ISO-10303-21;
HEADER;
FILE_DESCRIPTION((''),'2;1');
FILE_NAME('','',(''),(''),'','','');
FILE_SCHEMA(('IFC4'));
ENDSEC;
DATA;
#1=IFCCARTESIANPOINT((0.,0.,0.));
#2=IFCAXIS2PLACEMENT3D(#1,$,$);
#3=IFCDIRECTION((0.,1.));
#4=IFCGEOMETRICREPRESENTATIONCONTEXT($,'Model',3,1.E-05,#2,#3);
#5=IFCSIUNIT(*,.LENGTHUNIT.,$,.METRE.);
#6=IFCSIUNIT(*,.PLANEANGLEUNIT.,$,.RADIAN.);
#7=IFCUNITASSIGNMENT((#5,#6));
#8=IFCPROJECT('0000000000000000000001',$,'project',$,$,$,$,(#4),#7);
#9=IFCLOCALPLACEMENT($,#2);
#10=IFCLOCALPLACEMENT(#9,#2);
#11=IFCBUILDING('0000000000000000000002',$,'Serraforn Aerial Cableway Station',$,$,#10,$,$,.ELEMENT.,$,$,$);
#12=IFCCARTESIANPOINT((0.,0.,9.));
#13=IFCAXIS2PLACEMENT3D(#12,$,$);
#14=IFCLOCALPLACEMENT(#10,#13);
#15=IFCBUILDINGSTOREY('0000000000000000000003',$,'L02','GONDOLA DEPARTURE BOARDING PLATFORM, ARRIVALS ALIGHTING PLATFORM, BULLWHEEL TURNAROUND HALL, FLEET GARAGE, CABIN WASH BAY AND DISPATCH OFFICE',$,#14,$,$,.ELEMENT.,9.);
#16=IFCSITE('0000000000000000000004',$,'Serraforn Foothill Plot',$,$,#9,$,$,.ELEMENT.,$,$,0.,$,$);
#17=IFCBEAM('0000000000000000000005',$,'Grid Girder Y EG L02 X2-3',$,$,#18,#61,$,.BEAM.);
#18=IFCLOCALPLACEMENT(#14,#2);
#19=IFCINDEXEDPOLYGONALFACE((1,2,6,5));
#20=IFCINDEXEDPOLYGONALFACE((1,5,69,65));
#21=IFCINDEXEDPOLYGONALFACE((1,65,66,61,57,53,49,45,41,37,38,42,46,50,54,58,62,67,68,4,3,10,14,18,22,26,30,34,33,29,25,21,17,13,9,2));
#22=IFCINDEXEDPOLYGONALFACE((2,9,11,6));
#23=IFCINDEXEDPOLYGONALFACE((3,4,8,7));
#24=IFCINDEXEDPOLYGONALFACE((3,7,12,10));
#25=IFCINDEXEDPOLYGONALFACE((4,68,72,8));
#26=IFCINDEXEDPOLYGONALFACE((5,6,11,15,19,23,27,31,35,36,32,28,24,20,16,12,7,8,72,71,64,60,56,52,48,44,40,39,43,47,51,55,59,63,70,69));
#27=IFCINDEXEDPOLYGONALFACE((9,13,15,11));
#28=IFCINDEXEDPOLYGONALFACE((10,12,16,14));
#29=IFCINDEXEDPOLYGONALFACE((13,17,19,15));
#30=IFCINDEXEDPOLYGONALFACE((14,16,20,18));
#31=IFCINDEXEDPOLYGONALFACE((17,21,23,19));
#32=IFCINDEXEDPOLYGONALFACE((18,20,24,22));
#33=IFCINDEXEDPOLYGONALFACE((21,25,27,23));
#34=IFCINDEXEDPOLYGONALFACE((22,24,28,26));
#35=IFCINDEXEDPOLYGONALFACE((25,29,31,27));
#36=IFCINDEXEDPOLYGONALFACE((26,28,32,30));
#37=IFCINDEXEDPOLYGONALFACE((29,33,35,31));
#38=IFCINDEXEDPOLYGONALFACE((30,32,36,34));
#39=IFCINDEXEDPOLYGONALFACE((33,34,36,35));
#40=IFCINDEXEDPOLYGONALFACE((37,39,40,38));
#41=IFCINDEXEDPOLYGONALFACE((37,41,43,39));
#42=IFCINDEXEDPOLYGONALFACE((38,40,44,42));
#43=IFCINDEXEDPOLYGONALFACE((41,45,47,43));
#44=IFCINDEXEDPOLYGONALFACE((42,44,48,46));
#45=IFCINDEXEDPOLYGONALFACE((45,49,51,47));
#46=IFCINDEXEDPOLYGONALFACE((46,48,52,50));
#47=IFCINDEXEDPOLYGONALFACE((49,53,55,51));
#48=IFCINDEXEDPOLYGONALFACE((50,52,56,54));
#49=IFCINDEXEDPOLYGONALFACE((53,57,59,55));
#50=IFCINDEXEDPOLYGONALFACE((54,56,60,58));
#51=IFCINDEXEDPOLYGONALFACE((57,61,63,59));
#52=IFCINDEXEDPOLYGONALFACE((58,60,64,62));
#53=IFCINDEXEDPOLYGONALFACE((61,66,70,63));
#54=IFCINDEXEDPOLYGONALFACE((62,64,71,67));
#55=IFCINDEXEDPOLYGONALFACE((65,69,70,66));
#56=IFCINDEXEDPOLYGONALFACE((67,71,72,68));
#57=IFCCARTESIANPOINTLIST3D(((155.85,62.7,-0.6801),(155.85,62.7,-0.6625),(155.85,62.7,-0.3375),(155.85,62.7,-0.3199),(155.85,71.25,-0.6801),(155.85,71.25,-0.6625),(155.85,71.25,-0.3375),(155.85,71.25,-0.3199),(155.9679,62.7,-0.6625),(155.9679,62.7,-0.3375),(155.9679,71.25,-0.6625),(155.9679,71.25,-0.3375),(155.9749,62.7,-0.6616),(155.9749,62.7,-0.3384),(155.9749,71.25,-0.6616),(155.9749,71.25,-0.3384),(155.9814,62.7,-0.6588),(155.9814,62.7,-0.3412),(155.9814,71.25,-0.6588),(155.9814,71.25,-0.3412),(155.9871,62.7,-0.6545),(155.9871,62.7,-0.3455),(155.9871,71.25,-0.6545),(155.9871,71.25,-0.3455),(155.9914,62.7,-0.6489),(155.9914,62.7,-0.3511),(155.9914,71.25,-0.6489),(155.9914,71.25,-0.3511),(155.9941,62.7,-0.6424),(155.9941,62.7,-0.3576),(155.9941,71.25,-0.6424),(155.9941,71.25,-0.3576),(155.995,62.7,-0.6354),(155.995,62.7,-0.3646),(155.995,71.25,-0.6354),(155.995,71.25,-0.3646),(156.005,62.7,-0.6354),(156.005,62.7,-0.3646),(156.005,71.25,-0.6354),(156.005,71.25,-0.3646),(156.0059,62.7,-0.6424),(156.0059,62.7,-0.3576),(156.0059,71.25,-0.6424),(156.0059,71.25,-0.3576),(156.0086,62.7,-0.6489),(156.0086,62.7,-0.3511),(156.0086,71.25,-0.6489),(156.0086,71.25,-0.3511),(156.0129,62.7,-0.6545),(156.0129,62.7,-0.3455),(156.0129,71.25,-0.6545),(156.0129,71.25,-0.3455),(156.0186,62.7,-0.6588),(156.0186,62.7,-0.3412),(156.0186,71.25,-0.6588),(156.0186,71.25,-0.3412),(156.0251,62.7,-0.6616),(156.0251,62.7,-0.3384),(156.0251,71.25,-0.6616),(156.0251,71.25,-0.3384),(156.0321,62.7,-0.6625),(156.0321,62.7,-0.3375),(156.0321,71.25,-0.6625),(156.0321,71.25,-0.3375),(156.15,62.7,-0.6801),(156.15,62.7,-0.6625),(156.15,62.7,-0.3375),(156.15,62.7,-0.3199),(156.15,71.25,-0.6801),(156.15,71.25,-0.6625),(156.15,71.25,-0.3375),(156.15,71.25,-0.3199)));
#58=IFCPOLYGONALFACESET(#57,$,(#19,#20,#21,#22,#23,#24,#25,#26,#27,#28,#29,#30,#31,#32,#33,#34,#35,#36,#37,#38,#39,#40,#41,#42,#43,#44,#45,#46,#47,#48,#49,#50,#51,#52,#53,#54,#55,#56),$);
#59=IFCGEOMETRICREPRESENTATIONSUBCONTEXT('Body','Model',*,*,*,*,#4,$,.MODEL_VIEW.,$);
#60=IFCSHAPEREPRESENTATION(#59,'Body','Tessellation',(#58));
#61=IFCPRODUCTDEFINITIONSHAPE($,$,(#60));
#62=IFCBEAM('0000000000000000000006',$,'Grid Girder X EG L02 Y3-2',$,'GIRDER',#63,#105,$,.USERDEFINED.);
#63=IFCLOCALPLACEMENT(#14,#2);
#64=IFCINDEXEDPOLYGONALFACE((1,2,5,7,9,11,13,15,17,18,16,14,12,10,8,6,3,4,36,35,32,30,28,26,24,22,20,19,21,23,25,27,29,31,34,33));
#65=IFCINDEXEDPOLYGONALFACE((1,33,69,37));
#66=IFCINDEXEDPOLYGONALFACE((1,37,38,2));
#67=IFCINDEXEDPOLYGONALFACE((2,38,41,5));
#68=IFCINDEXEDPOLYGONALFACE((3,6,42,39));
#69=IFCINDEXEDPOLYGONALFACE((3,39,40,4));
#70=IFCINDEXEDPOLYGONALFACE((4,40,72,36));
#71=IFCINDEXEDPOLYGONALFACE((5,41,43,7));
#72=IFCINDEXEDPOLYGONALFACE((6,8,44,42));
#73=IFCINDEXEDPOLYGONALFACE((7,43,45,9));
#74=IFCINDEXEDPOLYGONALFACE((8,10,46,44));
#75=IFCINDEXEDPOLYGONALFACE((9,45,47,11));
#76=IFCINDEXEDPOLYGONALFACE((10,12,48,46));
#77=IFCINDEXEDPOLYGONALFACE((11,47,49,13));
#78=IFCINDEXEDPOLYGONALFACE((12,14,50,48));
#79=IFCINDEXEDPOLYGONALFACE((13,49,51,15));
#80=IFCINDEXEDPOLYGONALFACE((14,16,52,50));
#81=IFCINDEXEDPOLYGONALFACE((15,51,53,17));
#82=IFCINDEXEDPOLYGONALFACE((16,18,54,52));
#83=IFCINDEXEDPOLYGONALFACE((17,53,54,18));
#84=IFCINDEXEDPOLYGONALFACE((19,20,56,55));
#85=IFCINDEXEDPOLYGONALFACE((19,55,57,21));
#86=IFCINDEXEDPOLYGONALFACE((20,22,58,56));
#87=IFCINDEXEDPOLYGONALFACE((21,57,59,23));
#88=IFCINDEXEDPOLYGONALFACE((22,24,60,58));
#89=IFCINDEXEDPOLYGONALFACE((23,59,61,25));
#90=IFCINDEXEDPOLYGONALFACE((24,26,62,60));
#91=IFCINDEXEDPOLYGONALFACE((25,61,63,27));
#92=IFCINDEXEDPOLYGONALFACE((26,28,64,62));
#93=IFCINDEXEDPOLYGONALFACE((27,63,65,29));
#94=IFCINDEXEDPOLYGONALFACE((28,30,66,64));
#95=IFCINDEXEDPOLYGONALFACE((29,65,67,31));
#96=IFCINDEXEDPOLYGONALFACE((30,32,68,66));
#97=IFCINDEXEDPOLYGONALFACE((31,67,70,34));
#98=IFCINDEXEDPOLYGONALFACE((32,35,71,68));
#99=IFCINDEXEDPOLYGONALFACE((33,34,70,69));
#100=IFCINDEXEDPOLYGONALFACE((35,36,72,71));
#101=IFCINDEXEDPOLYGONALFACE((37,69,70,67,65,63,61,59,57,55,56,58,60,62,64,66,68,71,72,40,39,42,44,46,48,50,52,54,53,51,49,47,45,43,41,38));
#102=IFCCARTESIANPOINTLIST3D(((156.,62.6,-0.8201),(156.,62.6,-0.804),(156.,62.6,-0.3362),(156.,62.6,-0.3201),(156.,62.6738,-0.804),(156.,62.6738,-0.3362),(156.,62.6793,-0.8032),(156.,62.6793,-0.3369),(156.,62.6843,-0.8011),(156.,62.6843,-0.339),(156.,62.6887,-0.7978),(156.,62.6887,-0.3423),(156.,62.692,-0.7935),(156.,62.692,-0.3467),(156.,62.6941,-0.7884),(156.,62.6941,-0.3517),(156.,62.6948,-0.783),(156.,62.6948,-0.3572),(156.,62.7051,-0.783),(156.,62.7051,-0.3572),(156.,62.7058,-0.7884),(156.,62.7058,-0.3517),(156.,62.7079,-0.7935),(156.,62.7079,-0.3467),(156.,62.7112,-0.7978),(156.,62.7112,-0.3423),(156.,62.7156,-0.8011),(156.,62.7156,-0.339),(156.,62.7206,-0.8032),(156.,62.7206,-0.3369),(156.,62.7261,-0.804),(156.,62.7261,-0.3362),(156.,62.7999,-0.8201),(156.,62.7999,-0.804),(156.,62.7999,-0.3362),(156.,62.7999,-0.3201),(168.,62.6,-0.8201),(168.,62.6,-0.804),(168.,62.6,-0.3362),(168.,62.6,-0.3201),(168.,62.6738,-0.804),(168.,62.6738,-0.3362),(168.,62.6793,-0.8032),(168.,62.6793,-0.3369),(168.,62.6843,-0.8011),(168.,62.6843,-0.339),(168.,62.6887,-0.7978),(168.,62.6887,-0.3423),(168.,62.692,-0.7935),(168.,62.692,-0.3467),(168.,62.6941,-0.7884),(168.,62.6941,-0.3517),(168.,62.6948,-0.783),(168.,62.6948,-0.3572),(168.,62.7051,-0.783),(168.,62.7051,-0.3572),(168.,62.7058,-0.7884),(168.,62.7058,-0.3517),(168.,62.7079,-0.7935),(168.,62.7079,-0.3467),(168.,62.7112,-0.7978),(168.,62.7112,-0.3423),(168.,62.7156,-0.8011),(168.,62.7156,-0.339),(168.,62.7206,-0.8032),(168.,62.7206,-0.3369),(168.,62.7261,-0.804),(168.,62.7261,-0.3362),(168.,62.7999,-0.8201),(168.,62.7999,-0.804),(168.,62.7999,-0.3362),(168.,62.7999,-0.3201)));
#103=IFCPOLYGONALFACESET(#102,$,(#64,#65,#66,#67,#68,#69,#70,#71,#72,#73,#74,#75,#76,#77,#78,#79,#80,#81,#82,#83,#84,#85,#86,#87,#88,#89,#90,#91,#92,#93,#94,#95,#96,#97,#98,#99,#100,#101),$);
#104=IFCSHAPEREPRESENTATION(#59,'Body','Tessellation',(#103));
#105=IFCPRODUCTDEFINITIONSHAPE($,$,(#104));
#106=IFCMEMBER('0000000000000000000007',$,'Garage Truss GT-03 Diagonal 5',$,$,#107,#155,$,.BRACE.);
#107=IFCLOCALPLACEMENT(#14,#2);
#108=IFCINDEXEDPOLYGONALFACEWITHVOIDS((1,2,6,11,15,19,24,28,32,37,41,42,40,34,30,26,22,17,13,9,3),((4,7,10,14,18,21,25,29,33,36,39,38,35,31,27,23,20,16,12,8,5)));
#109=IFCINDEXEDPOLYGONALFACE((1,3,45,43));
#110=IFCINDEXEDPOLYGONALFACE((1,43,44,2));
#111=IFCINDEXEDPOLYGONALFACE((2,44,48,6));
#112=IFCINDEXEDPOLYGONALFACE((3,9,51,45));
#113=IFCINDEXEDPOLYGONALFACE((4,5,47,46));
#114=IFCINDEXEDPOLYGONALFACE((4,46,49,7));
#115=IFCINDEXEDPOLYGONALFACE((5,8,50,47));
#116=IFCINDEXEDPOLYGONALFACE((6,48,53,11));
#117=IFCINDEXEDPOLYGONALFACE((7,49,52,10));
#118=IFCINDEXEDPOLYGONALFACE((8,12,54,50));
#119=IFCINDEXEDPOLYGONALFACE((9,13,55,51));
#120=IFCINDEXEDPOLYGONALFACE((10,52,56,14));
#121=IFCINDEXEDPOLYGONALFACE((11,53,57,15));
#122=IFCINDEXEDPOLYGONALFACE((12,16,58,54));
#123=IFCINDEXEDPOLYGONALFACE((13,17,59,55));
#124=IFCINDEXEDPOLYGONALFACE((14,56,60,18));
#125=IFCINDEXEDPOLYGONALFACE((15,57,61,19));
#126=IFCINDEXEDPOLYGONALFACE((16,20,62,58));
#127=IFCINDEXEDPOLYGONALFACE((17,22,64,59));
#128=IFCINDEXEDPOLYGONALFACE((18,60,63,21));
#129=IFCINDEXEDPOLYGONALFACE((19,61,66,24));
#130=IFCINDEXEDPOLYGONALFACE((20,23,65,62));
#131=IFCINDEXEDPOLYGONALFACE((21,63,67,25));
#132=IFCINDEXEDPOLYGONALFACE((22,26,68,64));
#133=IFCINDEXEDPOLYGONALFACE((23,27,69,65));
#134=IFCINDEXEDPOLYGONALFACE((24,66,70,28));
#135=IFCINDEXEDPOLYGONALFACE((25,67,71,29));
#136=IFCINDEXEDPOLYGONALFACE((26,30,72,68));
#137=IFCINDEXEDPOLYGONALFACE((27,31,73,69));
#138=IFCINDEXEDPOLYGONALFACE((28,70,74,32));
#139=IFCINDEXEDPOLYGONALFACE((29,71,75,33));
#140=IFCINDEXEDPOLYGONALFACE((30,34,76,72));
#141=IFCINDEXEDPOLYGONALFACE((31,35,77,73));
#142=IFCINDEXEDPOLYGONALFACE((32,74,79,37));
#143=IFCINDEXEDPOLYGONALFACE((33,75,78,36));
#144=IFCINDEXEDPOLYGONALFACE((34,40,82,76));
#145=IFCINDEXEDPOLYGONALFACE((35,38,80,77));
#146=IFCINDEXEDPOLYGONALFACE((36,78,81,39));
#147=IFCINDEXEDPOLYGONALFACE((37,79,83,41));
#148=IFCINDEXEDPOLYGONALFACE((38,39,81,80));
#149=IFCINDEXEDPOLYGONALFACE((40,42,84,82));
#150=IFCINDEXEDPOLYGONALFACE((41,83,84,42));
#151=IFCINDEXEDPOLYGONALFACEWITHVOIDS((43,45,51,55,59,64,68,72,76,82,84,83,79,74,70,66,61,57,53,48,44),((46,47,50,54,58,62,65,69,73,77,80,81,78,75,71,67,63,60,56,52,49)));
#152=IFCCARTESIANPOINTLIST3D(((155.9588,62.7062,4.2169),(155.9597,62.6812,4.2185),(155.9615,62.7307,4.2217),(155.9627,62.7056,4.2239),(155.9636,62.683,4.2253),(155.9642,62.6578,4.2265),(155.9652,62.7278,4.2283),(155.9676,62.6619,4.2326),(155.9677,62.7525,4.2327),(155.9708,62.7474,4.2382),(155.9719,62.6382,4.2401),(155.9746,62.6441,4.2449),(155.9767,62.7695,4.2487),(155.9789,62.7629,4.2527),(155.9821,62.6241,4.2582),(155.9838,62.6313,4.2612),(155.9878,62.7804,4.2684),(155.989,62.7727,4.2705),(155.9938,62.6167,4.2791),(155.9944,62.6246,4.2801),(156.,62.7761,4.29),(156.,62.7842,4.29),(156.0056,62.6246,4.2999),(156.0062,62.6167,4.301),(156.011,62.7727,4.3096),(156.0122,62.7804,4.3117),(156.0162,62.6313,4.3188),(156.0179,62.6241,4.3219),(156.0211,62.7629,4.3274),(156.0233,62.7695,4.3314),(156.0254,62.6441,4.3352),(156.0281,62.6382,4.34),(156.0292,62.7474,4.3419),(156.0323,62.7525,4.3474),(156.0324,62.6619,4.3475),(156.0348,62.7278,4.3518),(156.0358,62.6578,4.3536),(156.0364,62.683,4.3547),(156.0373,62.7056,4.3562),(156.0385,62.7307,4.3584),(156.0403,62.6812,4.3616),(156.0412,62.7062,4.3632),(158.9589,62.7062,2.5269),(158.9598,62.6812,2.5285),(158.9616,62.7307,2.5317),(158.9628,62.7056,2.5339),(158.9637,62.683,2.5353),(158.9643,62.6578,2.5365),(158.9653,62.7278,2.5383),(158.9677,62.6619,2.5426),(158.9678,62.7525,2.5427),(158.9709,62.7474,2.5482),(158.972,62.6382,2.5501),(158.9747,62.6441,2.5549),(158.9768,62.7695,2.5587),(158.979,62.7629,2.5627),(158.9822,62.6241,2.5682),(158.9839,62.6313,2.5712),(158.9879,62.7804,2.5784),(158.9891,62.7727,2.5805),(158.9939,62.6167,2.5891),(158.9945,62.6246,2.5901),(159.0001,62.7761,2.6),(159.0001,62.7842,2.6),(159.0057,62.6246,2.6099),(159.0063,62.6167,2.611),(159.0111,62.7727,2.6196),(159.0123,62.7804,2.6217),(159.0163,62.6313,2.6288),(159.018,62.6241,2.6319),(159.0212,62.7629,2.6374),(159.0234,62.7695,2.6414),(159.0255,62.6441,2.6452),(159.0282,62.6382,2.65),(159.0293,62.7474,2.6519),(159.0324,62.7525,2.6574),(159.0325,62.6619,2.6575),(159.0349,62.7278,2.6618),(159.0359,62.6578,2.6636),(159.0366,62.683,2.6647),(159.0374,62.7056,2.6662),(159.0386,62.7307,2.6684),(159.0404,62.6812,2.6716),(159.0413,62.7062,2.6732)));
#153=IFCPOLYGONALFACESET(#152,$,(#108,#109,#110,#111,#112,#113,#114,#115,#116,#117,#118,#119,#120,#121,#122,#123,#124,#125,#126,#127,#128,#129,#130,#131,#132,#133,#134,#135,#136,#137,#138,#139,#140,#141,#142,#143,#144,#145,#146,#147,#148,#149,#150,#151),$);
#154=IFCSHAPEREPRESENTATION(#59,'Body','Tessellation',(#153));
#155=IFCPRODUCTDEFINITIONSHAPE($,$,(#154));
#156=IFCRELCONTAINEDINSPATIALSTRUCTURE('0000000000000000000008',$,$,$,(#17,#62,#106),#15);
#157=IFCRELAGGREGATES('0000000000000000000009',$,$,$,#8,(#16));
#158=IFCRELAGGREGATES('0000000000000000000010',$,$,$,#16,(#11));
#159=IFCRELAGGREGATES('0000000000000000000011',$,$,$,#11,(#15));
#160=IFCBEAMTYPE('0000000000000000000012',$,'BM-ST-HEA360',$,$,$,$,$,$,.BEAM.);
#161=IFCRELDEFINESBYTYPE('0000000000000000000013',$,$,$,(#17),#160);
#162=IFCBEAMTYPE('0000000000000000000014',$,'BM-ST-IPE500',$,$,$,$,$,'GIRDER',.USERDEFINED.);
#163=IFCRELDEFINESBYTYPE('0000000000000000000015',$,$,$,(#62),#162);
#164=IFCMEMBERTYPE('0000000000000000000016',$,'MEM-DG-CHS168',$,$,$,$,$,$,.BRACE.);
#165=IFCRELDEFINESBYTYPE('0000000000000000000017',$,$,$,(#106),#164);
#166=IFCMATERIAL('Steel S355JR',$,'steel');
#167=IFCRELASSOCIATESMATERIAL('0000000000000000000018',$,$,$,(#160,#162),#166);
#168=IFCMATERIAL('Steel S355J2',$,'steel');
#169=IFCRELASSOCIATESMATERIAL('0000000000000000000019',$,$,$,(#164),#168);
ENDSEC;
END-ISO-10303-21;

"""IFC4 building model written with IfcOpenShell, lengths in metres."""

from ifc_helpers import new_model, si_unit, direction, frame, origin, origin_2d, place, context, subcontext, project, spatial, hollow_circle, i_section, extrude, material, material_profile, profile_set, type_object, element, save


model = new_model("IFC4")

# Units and contexts
model_context = context("Model", 3, precision=1e-05, world=origin(), true_north=direction((0.0, 1.0)))
body_context = subcontext(model_context, "Body", "Model", "MODEL_VIEW")
ifc_project = project(units=[si_unit("LENGTHUNIT", "METRE"), si_unit("PLANEANGLEUNIT", "RADIAN")], contexts=[model_context])

# Site, building, storey
site_placement = place(None, origin())
site = spatial("IfcSite", under=ifc_project, at=site_placement, Name="Serraforn Foothill Plot", CompositionType="ELEMENT", RefElevation=0.0)
building_placement = place(site_placement, origin())
building = spatial("IfcBuilding", under=site, at=building_placement, Name="Serraforn Aerial Cableway Station", CompositionType="ELEMENT")
storey_placement = place(building_placement, frame((0.0, 0.0, 9.0)))
storey = spatial("IfcBuildingStorey", under=building, at=storey_placement, Name="L02", Description="GONDOLA DEPARTURE BOARDING PLATFORM, ARRIVALS ALIGHTING PLATFORM, BULLWHEEL TURNAROUND HALL, FLEET GARAGE, CABIN WASH BAY AND DISPATCH OFFICE", CompositionType="ELEMENT", Elevation=9.0)

# Beams
ifc_material_1 = material(Name="Steel S355JR", Category="steel")
ifc_material_profile_1 = material_profile(ifc_material_1, i_section(OverallWidth=0.3, OverallDepth=0.3601, WebThickness=0.01, FlangeThickness=0.0176, FilletRadius=0.0271, at=origin_2d()), Name="HEA 360")
ifc_profile_set_1 = profile_set([ifc_material_profile_1], Name="Steel S355JR")
beam_type_1 = type_object("IfcBeamType", Name="BM-ST-HEA360", PredefinedType="BEAM", material=ifc_profile_set_1)
beam_1_placement = place(storey_placement, frame((156.0, 62.7, -0.5), z_axis=(0.0, 1.0, 0.0), x_axis=(-1.0, 0.0, 0.0)))
element("IfcBeam", 1, at=beam_1_placement, inside=storey, type_object=beam_type_1, Name="Grid Girder Y EG L02 X2-3", PredefinedType="BEAM", context=body_context, shape_type="SweptSolid", body=[
    extrude(i_section(OverallWidth=0.3, OverallDepth=0.3601, WebThickness=0.01, FlangeThickness=0.0176, FilletRadius=0.0271, at=origin_2d()), origin(), (0.0, 0.0, 1.0), 8.55),
])
ifc_material_profile_2 = material_profile(ifc_material_1, i_section(OverallWidth=0.2, OverallDepth=0.5, WebThickness=0.0103, FlangeThickness=0.0161, FilletRadius=0.021, at=origin_2d()), Name="IPE 500")
ifc_profile_set_2 = profile_set([ifc_material_profile_2], Name="Steel S355JR")
beam_type_2 = type_object("IfcBeamType", Name="BM-ST-IPE500", ElementType="GIRDER", PredefinedType="USERDEFINED", material=ifc_profile_set_2)
beam_2_placement = place(storey_placement, frame((156.0, 62.7, -0.5701), z_axis=(1.0, 0.0, 0.0), x_axis=(0.0, 1.0, 0.0)))
element("IfcBeam", 2, at=beam_2_placement, inside=storey, type_object=beam_type_2, Name="Grid Girder X EG L02 Y3-2", ObjectType="GIRDER", PredefinedType="USERDEFINED", context=body_context, shape_type="SweptSolid", body=[
    extrude(i_section(OverallWidth=0.2, OverallDepth=0.5, WebThickness=0.0103, FlangeThickness=0.0161, FilletRadius=0.021, at=origin_2d()), origin(), (0.0, 0.0, 1.0), 12.0),
])

# Member
ifc_material_2 = material(Name="Steel S355J2", Category="steel")
ifc_material_profile_3 = material_profile(ifc_material_2, hollow_circle(Radius=0.0842, WallThickness=0.0081, at=origin_2d()), Name="CHS 168.3x8.0")
ifc_profile_set_3 = profile_set([ifc_material_profile_3], Name="Steel S355J2")
member_type_1 = type_object("IfcMemberType", Name="MEM-DG-CHS168", PredefinedType="BRACE", material=ifc_profile_set_3)
for number, where, z_axis, x_axis, name in (
    (3, (156.0, 62.7, 4.29), (0.871272, 0.0, -0.4908), (0.0, 1.0, 0.0), "Garage Truss GT-03 Diagonal 5"),
):
    element("IfcMember", number, at=place(storey_placement, frame(where, z_axis=z_axis, x_axis=x_axis)), inside=storey, type_object=member_type_1, Name=name, PredefinedType="BRACE", context=body_context, shape_type="SweptSolid", body=[
        extrude(hollow_circle(Radius=0.0842, WallThickness=0.0081, at=origin_2d()), origin(), (0.0, 0.0, 1.0), 3.4434),
    ])

save(model, "model.ifc")
